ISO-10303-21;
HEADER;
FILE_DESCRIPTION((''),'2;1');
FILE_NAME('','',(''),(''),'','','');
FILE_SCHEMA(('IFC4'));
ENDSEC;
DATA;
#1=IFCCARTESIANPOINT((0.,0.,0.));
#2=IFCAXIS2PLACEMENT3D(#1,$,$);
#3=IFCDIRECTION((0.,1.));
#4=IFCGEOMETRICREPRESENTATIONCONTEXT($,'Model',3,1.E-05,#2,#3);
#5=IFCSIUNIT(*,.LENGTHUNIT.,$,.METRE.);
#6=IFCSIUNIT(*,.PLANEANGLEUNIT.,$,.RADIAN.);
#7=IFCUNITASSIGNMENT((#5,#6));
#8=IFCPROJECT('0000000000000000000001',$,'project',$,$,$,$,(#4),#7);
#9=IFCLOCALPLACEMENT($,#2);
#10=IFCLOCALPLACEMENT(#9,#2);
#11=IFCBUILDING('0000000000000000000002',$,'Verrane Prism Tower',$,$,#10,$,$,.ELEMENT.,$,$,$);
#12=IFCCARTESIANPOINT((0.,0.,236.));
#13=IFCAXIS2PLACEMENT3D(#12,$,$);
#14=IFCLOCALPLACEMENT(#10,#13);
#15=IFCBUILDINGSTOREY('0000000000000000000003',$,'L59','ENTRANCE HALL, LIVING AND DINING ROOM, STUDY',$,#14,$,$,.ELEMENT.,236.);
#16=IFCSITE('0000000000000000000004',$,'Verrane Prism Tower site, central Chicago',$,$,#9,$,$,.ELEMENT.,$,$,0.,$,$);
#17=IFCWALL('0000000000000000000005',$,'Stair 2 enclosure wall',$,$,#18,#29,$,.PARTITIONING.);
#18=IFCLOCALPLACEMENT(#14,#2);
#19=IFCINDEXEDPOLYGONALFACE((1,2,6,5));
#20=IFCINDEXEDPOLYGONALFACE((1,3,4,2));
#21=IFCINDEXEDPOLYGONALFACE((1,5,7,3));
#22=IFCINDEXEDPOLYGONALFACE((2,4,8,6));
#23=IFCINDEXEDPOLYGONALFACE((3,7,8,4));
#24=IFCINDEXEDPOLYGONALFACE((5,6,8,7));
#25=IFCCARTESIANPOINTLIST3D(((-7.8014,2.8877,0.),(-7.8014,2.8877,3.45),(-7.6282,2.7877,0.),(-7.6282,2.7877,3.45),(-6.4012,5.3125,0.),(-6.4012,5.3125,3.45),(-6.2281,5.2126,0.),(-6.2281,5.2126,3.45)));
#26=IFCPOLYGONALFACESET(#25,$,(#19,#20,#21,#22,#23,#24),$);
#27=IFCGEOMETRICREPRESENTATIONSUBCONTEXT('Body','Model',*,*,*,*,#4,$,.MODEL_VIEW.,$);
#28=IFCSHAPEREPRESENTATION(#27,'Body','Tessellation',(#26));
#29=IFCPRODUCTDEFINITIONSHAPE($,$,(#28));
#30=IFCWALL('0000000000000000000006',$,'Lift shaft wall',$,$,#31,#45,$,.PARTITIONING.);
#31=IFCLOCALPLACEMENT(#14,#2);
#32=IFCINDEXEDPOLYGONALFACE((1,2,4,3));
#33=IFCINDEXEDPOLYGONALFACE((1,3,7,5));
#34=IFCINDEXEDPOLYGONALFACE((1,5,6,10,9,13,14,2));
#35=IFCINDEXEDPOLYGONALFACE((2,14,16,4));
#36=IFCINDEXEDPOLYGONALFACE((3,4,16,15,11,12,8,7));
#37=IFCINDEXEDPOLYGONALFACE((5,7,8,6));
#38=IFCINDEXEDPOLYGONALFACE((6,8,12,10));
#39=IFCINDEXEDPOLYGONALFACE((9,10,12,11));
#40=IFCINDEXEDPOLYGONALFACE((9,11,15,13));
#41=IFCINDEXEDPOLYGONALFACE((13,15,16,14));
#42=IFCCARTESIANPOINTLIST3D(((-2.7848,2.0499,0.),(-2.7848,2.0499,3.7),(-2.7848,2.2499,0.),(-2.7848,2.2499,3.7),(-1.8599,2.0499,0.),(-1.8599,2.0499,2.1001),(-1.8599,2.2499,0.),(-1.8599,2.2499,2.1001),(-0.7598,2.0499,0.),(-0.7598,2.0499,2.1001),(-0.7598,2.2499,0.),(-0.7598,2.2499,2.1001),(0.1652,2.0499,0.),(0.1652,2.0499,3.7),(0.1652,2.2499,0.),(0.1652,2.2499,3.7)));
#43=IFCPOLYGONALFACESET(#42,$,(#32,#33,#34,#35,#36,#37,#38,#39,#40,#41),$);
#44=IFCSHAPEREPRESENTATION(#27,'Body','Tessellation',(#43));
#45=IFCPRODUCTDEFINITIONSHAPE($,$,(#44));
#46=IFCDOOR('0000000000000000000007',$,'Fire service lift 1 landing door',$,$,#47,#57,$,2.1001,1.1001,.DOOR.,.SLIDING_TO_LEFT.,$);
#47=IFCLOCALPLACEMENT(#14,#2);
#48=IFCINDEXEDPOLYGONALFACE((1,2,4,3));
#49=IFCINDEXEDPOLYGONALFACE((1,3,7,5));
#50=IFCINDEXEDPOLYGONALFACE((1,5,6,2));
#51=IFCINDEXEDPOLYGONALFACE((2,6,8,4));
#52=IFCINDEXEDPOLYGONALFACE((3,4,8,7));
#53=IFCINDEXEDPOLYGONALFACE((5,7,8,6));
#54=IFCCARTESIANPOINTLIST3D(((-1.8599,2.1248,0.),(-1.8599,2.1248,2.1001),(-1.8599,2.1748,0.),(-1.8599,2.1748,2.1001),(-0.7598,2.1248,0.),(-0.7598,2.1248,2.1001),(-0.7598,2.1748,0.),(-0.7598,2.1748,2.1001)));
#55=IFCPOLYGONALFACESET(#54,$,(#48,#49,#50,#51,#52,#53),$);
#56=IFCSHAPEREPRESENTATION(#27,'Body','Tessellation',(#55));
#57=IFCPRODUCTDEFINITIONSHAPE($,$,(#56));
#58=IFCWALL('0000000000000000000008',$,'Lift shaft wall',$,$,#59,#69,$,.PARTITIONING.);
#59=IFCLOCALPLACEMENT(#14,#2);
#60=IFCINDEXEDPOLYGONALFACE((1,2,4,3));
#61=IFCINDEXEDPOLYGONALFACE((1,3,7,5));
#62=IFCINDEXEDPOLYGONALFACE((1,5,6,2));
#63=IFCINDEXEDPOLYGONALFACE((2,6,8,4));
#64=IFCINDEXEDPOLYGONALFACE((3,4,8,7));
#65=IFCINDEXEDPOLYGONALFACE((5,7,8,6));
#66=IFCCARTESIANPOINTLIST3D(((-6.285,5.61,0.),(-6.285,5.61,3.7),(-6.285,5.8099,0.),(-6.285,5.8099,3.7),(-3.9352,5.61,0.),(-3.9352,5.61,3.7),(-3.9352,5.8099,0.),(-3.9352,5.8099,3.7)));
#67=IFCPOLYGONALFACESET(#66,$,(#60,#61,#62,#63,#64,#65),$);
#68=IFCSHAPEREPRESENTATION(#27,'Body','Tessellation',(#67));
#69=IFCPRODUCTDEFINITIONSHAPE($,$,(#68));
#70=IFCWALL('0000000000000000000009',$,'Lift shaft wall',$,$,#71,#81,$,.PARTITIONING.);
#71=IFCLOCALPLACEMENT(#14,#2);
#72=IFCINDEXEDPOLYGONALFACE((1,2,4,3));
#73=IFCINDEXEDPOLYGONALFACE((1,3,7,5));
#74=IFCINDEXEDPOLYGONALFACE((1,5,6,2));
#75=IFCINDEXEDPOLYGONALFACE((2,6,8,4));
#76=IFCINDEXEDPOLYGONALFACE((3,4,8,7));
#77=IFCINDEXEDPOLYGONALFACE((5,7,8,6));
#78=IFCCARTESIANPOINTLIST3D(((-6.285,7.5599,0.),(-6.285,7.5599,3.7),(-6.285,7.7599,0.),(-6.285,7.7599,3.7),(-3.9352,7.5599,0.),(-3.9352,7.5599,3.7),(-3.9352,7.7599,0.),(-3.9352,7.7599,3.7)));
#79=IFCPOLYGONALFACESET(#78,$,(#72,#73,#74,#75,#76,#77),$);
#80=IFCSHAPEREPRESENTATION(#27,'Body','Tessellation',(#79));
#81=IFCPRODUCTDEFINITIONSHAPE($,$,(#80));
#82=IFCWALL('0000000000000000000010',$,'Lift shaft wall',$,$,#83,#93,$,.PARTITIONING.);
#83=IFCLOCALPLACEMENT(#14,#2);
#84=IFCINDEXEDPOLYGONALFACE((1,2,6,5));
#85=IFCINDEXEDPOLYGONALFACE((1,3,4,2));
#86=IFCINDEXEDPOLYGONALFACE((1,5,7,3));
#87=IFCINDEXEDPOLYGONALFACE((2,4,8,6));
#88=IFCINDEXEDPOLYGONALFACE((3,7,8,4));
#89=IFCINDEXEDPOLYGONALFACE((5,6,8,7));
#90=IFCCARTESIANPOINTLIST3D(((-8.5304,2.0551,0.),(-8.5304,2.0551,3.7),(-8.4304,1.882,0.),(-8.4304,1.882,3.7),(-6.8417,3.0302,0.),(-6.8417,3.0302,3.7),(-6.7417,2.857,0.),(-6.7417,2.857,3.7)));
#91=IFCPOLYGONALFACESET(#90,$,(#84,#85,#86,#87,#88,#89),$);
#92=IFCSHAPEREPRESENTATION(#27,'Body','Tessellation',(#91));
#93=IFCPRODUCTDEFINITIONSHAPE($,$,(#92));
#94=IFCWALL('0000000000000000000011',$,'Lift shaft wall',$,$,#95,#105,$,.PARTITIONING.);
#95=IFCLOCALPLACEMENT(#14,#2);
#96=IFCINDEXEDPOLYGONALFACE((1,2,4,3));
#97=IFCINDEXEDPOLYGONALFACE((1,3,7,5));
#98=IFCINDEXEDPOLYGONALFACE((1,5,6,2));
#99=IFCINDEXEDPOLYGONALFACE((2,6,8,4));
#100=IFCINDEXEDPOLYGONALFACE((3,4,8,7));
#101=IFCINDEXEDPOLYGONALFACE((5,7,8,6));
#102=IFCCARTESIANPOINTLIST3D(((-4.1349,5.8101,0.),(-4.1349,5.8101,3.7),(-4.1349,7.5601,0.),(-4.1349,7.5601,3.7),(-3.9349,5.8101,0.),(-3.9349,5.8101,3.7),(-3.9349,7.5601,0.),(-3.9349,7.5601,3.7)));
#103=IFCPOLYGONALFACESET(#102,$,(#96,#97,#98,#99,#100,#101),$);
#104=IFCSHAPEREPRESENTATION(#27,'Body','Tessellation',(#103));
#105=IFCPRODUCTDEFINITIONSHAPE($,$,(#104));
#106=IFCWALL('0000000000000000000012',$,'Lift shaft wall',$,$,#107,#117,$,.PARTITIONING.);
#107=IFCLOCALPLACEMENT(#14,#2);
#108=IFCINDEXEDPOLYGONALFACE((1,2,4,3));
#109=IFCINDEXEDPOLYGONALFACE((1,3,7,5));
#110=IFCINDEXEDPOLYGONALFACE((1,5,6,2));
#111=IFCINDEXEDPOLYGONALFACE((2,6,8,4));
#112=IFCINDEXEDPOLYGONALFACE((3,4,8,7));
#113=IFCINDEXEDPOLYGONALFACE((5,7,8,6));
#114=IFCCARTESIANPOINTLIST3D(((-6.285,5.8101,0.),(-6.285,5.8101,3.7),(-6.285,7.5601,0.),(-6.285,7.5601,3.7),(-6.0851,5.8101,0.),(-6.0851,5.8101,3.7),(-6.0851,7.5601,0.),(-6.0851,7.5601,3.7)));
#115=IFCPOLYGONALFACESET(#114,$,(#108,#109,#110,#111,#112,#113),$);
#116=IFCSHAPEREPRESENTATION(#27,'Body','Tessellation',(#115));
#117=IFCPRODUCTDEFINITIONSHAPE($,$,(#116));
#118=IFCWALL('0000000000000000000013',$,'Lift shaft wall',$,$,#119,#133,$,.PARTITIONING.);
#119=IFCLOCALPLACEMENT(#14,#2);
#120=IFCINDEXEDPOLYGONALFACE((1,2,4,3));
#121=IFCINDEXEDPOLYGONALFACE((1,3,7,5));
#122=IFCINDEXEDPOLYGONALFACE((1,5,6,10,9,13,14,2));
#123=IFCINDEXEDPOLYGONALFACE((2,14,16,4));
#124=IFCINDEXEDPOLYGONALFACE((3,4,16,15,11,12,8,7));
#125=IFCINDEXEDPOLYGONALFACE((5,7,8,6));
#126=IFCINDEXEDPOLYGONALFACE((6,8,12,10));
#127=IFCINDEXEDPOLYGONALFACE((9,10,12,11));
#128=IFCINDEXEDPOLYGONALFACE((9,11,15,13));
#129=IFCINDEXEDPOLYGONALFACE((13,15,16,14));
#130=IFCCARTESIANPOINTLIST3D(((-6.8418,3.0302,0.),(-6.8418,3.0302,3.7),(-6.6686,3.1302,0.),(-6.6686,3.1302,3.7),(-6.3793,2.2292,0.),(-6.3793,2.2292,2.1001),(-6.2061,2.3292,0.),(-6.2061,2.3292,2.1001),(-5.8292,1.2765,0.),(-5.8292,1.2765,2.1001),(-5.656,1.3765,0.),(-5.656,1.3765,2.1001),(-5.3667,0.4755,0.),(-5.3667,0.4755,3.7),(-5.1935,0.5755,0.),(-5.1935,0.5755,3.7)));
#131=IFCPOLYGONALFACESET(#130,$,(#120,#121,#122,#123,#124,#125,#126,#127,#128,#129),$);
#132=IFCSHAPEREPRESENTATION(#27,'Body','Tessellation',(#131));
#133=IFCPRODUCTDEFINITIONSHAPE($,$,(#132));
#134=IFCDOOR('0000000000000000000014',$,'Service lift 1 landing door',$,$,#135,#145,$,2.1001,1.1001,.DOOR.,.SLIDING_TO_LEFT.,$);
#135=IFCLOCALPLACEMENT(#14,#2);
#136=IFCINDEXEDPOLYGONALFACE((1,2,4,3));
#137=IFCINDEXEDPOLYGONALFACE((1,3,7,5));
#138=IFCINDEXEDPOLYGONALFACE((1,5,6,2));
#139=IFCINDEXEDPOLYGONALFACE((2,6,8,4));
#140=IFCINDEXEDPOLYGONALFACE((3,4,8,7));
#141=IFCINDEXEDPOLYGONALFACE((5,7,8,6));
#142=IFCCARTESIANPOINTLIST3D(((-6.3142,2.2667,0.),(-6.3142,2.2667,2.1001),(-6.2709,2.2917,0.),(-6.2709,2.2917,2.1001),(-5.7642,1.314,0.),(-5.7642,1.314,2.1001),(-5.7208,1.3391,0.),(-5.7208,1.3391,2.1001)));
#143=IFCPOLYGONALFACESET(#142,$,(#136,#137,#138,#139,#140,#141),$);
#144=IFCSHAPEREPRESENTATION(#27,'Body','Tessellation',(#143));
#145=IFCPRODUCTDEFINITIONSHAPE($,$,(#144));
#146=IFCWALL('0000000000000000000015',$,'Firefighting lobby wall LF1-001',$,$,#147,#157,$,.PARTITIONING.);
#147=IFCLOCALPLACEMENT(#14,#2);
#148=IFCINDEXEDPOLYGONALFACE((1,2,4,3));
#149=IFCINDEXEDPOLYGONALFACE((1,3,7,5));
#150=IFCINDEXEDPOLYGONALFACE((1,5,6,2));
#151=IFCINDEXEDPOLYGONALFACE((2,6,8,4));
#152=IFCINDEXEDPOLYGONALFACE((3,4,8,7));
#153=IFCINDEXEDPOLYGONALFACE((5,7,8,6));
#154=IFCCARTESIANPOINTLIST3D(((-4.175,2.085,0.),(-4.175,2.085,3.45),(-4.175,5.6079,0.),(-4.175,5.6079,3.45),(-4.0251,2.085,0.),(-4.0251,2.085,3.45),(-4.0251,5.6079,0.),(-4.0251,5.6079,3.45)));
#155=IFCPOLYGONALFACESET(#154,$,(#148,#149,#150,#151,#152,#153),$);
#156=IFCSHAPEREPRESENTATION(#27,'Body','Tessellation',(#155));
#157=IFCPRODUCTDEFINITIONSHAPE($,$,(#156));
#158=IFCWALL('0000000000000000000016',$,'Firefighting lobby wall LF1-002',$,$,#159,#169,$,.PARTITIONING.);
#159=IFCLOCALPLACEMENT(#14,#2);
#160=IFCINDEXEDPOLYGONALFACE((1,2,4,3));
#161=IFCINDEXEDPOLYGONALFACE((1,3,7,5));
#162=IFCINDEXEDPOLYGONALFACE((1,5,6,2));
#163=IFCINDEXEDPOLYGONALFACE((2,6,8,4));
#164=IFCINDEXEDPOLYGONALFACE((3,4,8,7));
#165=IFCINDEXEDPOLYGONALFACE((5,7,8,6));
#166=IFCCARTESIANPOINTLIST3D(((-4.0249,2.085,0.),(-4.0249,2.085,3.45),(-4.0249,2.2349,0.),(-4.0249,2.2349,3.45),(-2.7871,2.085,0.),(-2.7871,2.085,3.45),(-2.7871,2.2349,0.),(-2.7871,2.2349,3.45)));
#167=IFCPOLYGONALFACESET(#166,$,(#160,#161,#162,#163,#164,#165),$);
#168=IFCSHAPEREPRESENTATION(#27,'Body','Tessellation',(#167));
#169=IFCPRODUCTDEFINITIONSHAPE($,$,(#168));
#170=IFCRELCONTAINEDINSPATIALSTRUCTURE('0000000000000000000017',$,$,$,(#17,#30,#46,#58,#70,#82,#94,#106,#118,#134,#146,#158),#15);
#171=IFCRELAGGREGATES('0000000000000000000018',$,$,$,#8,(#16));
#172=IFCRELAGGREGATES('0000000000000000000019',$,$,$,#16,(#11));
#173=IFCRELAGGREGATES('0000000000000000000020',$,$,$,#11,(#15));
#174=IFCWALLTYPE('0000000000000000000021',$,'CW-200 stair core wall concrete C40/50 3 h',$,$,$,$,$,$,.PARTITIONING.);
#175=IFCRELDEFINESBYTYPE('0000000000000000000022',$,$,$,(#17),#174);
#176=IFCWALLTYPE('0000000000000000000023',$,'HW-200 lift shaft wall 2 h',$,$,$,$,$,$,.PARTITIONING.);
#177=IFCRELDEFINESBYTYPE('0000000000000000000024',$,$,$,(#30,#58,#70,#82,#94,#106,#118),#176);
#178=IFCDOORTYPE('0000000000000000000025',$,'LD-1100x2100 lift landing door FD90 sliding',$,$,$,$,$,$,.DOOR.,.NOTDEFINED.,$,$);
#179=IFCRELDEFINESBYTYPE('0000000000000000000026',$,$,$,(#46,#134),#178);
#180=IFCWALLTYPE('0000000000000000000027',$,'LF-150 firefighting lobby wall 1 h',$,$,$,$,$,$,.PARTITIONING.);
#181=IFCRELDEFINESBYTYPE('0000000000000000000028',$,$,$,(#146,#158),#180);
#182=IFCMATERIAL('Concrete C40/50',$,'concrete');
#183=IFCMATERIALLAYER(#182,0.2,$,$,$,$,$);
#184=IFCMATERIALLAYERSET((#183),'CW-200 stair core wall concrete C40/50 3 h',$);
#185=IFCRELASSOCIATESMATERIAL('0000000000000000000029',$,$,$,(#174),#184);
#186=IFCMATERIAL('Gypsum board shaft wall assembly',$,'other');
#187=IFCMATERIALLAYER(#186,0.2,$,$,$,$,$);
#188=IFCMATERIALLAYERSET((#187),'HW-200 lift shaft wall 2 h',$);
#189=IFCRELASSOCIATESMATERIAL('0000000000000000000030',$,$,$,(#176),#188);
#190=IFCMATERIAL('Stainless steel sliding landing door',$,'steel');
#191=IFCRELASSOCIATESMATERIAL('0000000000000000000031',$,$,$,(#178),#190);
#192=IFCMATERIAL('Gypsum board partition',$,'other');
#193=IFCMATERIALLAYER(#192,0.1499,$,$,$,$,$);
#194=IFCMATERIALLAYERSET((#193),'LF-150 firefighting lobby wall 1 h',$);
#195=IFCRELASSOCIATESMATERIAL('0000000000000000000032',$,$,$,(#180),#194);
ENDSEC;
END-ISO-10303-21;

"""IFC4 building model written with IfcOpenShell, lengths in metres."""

from ifc_helpers import new_model, si_unit, direction, frame, frame_2d, origin, place, context, subcontext, project, spatial, rectangle, extrude, material, layer, layer_set, type_object, element, fill, save


model = new_model("IFC4")

# Units and contexts
model_context = context("Model", 3, precision=1e-05, world=origin(), true_north=direction((0.0, 1.0)))
body_context = subcontext(model_context, "Body", "Model", "MODEL_VIEW")
ifc_project = project(units=[si_unit("LENGTHUNIT", "METRE"), si_unit("PLANEANGLEUNIT", "RADIAN")], contexts=[model_context])

# Site, building, storey
site_placement = place(None, origin())
site = spatial("IfcSite", under=ifc_project, at=site_placement, Name="Verrane Prism Tower site, central Chicago", CompositionType="ELEMENT", RefElevation=0.0)
building_placement = place(site_placement, origin())
building = spatial("IfcBuilding", under=site, at=building_placement, Name="Verrane Prism Tower", CompositionType="ELEMENT")
storey_placement = place(building_placement, frame((0.0, 0.0, 236.0)))
storey = spatial("IfcBuildingStorey", under=building, at=storey_placement, Name="L59", Description="ENTRANCE HALL, LIVING AND DINING ROOM, STUDY", CompositionType="ELEMENT", Elevation=236.0)

# Wall
ifc_material_1 = material(Name="Concrete C40/50", Category="concrete")
ifc_layer_1 = layer(ifc_material_1, 0.2)
ifc_layer_set_1 = layer_set([ifc_layer_1], Name="CW-200 stair core wall concrete C40/50 3 h")
wall_type_1 = type_object("IfcWallType", Name="CW-200 stair core wall concrete C40/50 3 h", PredefinedType="PARTITIONING", material=ifc_layer_set_1)
wall_1_placement = place(storey_placement, frame((-6.3147, 5.2625, 0.0), z_axis=(0.0, 0.0, 1.0), x_axis=(-0.50005, -0.865997, 0.0)))
element("IfcWall", 1, at=wall_1_placement, inside=storey, type_object=wall_type_1, Name="Stair 2 enclosure wall", PredefinedType="PARTITIONING", context=body_context, shape_type="SweptSolid", body=[
    extrude(rectangle(XDim=2.8, YDim=0.2, at=frame_2d((1.3999, 0.0))), origin(), (0.0, 0.0, 1.0), 3.45),
])

# Wall, opening, door
ifc_material_2 = material(Name="Gypsum board shaft wall assembly", Category="other")
ifc_layer_2 = layer(ifc_material_2, 0.2)
ifc_layer_set_2 = layer_set([ifc_layer_2], Name="HW-200 lift shaft wall 2 h")
wall_type_2 = type_object("IfcWallType", Name="HW-200 lift shaft wall 2 h", PredefinedType="PARTITIONING", material=ifc_layer_set_2)
wall_2_placement = place(storey_placement, frame((-2.7849, 2.1499, 0.0), z_axis=(0.0, 0.0, 1.0), x_axis=(1.0, 0.0, 0.0)))
wall_2 = element("IfcWall", 2, at=wall_2_placement, inside=storey, type_object=wall_type_2, Name="Lift shaft wall", PredefinedType="PARTITIONING", context=body_context, shape_type="SweptSolid", body=[
    extrude(rectangle(XDim=2.95, YDim=0.2, at=frame_2d((1.4751, 0.0))), origin(), (0.0, 0.0, 1.0), 3.7),
])
opening_1_placement = place(wall_2_placement, frame((0.925, 0.0, 0.0)))
opening_1 = element("IfcOpeningElement", 3, at=opening_1_placement, cuts=wall_2, PredefinedType="OPENING", context=body_context, shape_type="SweptSolid", body=[
    extrude(rectangle(XDim=1.1001, YDim=2.1001, at=frame_2d((0.55, 1.05))), frame((0.0, 0.1099, 0.0), z_axis=(0.0, -1.0, 0.0), x_axis=(1.0, 0.0, 0.0)), (0.0, 0.0, 1.0), 0.22),
])
ifc_material_3 = material(Name="Stainless steel sliding landing door", Category="steel")
door_type_1 = type_object("IfcDoorType", Name="LD-1100x2100 lift landing door FD90 sliding", OperationType="NOTDEFINED", PredefinedType="DOOR", material=ifc_material_3)
door_1_placement = place(opening_1_placement, origin())
door_1 = element("IfcDoor", 4, at=door_1_placement, inside=storey, type_object=door_type_1, Name="Fire service lift 1 landing door", OperationType="SLIDING_TO_LEFT", OverallHeight=2.1001, OverallWidth=1.1001, PredefinedType="DOOR", context=body_context, shape_type="SweptSolid", body=[
    extrude(rectangle(XDim=1.1001, YDim=2.1001, at=frame_2d((0.55, 1.05))), frame((0.0, 0.0249, 0.0), z_axis=(0.0, -1.0, 0.0), x_axis=(1.0, 0.0, 0.0)), (0.0, 0.0, 1.0), 0.05),
])
fill(opening_1, door_1)

# Walls
for number, where, z_axis, x_axis, name in (
    (5, (-6.2849, 5.71, 0.0), (0.0, 0.0, 1.0), (1.0, 0.0, 0.0), "Lift shaft wall"),
    (6, (-6.2849, 7.6599, 0.0), (0.0, 0.0, 1.0), (1.0, 0.0, 0.0), "Lift shaft wall"),
):
    element("IfcWall", number, at=place(storey_placement, frame(where, z_axis=z_axis, x_axis=x_axis)), inside=storey, type_object=wall_type_2, Name=name, PredefinedType="PARTITIONING", context=body_context, shape_type="SweptSolid", body=[
        extrude(rectangle(XDim=2.3499, YDim=0.2, at=frame_2d((1.1748, 0.0))), origin(), (0.0, 0.0, 1.0), 3.7),
    ])
wall_3_placement = place(storey_placement, frame((-8.4805, 1.9685, 0.0), z_axis=(0.0, 0.0, 1.0), x_axis=(0.866, 0.500044, 0.0)))
element("IfcWall", 7, at=wall_3_placement, inside=storey, type_object=wall_type_2, Name="Lift shaft wall", PredefinedType="PARTITIONING", context=body_context, shape_type="SweptSolid", body=[
    extrude(rectangle(XDim=1.95, YDim=0.2, at=frame_2d((0.9751, 0.0))), origin(), (0.0, 0.0, 1.0), 3.7),
])
for number, where, z_axis, x_axis, name in (
    (8, (-4.0349, 5.8101, 0.0), (0.0, 0.0, 1.0), (0.0, 1.0, 0.0), "Lift shaft wall"),
    (9, (-6.1851, 5.8101, 0.0), (0.0, 0.0, 1.0), (0.0, 1.0, 0.0), "Lift shaft wall"),
):
    element("IfcWall", number, at=place(storey_placement, frame(where, z_axis=z_axis, x_axis=x_axis)), inside=storey, type_object=wall_type_2, Name=name, PredefinedType="PARTITIONING", context=body_context, shape_type="SweptSolid", body=[
        extrude(rectangle(XDim=1.75, YDim=0.2, at=frame_2d((0.875, 0.0))), origin(), (0.0, 0.0, 1.0), 3.7),
    ])

# Wall, opening, door
wall_4_placement = place(storey_placement, frame((-5.28, 0.5254, 0.0), z_axis=(0.0, 0.0, 1.0), x_axis=(-0.500038, 0.866004, 0.0)))
wall_4 = element("IfcWall", 10, at=wall_4_placement, inside=storey, type_object=wall_type_2, Name="Lift shaft wall", PredefinedType="PARTITIONING", context=body_context, shape_type="SweptSolid", body=[
    extrude(rectangle(XDim=2.95, YDim=0.2, at=frame_2d((1.4751, 0.0))), origin(), (0.0, 0.0, 1.0), 3.7),
])
opening_2_placement = place(wall_4_placement, frame((0.925, 0.0, 0.0)))
opening_2 = element("IfcOpeningElement", 11, at=opening_2_placement, cuts=wall_4, PredefinedType="OPENING", context=body_context, shape_type="SweptSolid", body=[
    extrude(rectangle(XDim=1.1001, YDim=2.1001, at=frame_2d((0.55, 1.05))), frame((0.0, 0.1099, 0.0), z_axis=(0.0, -1.0, 0.0), x_axis=(1.0, 0.0, 0.0)), (0.0, 0.0, 1.0), 0.22),
])
door_2_placement = place(opening_2_placement, origin())
door_2 = element("IfcDoor", 12, at=door_2_placement, inside=storey, type_object=door_type_1, Name="Service lift 1 landing door", OperationType="SLIDING_TO_LEFT", OverallHeight=2.1001, OverallWidth=1.1001, PredefinedType="DOOR", context=body_context, shape_type="SweptSolid", body=[
    extrude(rectangle(XDim=1.1001, YDim=2.1001, at=frame_2d((0.55, 1.05))), frame((0.0, 0.0249, 0.0), z_axis=(0.0, -1.0, 0.0), x_axis=(1.0, 0.0, 0.0)), (0.0, 0.0, 1.0), 0.05),
])
fill(opening_2, door_2)

# Walls
ifc_material_4 = material(Name="Gypsum board partition", Category="other")
ifc_layer_3 = layer(ifc_material_4, 0.1499)
ifc_layer_set_3 = layer_set([ifc_layer_3], Name="LF-150 firefighting lobby wall 1 h")
wall_type_3 = type_object("IfcWallType", Name="LF-150 firefighting lobby wall 1 h", PredefinedType="PARTITIONING", material=ifc_layer_set_3)
wall_5_placement = place(storey_placement, frame((-4.1001, 2.085, 0.0), z_axis=(0.0, 0.0, 1.0), x_axis=(0.0, 1.0, 0.0)))
element("IfcWall", 13, at=wall_5_placement, inside=storey, type_object=wall_type_3, Name="Firefighting lobby wall LF1-001", PredefinedType="PARTITIONING", context=body_context, shape_type="SweptSolid", body=[
    extrude(rectangle(XDim=3.5229, YDim=0.1499, at=frame_2d((1.7615, 0.0))), origin(), (0.0, 0.0, 1.0), 3.45),
])
wall_6_placement = place(storey_placement, frame((-4.0249, 2.1599, 0.0), z_axis=(0.0, 0.0, 1.0), x_axis=(1.0, 0.0, 0.0)))
element("IfcWall", 14, at=wall_6_placement, inside=storey, type_object=wall_type_3, Name="Firefighting lobby wall LF1-002", PredefinedType="PARTITIONING", context=body_context, shape_type="SweptSolid", body=[
    extrude(rectangle(XDim=1.2378, YDim=0.1499, at=frame_2d((0.6189, 0.0))), origin(), (0.0, 0.0, 1.0), 3.45),
])

save(model, "model.ifc")
